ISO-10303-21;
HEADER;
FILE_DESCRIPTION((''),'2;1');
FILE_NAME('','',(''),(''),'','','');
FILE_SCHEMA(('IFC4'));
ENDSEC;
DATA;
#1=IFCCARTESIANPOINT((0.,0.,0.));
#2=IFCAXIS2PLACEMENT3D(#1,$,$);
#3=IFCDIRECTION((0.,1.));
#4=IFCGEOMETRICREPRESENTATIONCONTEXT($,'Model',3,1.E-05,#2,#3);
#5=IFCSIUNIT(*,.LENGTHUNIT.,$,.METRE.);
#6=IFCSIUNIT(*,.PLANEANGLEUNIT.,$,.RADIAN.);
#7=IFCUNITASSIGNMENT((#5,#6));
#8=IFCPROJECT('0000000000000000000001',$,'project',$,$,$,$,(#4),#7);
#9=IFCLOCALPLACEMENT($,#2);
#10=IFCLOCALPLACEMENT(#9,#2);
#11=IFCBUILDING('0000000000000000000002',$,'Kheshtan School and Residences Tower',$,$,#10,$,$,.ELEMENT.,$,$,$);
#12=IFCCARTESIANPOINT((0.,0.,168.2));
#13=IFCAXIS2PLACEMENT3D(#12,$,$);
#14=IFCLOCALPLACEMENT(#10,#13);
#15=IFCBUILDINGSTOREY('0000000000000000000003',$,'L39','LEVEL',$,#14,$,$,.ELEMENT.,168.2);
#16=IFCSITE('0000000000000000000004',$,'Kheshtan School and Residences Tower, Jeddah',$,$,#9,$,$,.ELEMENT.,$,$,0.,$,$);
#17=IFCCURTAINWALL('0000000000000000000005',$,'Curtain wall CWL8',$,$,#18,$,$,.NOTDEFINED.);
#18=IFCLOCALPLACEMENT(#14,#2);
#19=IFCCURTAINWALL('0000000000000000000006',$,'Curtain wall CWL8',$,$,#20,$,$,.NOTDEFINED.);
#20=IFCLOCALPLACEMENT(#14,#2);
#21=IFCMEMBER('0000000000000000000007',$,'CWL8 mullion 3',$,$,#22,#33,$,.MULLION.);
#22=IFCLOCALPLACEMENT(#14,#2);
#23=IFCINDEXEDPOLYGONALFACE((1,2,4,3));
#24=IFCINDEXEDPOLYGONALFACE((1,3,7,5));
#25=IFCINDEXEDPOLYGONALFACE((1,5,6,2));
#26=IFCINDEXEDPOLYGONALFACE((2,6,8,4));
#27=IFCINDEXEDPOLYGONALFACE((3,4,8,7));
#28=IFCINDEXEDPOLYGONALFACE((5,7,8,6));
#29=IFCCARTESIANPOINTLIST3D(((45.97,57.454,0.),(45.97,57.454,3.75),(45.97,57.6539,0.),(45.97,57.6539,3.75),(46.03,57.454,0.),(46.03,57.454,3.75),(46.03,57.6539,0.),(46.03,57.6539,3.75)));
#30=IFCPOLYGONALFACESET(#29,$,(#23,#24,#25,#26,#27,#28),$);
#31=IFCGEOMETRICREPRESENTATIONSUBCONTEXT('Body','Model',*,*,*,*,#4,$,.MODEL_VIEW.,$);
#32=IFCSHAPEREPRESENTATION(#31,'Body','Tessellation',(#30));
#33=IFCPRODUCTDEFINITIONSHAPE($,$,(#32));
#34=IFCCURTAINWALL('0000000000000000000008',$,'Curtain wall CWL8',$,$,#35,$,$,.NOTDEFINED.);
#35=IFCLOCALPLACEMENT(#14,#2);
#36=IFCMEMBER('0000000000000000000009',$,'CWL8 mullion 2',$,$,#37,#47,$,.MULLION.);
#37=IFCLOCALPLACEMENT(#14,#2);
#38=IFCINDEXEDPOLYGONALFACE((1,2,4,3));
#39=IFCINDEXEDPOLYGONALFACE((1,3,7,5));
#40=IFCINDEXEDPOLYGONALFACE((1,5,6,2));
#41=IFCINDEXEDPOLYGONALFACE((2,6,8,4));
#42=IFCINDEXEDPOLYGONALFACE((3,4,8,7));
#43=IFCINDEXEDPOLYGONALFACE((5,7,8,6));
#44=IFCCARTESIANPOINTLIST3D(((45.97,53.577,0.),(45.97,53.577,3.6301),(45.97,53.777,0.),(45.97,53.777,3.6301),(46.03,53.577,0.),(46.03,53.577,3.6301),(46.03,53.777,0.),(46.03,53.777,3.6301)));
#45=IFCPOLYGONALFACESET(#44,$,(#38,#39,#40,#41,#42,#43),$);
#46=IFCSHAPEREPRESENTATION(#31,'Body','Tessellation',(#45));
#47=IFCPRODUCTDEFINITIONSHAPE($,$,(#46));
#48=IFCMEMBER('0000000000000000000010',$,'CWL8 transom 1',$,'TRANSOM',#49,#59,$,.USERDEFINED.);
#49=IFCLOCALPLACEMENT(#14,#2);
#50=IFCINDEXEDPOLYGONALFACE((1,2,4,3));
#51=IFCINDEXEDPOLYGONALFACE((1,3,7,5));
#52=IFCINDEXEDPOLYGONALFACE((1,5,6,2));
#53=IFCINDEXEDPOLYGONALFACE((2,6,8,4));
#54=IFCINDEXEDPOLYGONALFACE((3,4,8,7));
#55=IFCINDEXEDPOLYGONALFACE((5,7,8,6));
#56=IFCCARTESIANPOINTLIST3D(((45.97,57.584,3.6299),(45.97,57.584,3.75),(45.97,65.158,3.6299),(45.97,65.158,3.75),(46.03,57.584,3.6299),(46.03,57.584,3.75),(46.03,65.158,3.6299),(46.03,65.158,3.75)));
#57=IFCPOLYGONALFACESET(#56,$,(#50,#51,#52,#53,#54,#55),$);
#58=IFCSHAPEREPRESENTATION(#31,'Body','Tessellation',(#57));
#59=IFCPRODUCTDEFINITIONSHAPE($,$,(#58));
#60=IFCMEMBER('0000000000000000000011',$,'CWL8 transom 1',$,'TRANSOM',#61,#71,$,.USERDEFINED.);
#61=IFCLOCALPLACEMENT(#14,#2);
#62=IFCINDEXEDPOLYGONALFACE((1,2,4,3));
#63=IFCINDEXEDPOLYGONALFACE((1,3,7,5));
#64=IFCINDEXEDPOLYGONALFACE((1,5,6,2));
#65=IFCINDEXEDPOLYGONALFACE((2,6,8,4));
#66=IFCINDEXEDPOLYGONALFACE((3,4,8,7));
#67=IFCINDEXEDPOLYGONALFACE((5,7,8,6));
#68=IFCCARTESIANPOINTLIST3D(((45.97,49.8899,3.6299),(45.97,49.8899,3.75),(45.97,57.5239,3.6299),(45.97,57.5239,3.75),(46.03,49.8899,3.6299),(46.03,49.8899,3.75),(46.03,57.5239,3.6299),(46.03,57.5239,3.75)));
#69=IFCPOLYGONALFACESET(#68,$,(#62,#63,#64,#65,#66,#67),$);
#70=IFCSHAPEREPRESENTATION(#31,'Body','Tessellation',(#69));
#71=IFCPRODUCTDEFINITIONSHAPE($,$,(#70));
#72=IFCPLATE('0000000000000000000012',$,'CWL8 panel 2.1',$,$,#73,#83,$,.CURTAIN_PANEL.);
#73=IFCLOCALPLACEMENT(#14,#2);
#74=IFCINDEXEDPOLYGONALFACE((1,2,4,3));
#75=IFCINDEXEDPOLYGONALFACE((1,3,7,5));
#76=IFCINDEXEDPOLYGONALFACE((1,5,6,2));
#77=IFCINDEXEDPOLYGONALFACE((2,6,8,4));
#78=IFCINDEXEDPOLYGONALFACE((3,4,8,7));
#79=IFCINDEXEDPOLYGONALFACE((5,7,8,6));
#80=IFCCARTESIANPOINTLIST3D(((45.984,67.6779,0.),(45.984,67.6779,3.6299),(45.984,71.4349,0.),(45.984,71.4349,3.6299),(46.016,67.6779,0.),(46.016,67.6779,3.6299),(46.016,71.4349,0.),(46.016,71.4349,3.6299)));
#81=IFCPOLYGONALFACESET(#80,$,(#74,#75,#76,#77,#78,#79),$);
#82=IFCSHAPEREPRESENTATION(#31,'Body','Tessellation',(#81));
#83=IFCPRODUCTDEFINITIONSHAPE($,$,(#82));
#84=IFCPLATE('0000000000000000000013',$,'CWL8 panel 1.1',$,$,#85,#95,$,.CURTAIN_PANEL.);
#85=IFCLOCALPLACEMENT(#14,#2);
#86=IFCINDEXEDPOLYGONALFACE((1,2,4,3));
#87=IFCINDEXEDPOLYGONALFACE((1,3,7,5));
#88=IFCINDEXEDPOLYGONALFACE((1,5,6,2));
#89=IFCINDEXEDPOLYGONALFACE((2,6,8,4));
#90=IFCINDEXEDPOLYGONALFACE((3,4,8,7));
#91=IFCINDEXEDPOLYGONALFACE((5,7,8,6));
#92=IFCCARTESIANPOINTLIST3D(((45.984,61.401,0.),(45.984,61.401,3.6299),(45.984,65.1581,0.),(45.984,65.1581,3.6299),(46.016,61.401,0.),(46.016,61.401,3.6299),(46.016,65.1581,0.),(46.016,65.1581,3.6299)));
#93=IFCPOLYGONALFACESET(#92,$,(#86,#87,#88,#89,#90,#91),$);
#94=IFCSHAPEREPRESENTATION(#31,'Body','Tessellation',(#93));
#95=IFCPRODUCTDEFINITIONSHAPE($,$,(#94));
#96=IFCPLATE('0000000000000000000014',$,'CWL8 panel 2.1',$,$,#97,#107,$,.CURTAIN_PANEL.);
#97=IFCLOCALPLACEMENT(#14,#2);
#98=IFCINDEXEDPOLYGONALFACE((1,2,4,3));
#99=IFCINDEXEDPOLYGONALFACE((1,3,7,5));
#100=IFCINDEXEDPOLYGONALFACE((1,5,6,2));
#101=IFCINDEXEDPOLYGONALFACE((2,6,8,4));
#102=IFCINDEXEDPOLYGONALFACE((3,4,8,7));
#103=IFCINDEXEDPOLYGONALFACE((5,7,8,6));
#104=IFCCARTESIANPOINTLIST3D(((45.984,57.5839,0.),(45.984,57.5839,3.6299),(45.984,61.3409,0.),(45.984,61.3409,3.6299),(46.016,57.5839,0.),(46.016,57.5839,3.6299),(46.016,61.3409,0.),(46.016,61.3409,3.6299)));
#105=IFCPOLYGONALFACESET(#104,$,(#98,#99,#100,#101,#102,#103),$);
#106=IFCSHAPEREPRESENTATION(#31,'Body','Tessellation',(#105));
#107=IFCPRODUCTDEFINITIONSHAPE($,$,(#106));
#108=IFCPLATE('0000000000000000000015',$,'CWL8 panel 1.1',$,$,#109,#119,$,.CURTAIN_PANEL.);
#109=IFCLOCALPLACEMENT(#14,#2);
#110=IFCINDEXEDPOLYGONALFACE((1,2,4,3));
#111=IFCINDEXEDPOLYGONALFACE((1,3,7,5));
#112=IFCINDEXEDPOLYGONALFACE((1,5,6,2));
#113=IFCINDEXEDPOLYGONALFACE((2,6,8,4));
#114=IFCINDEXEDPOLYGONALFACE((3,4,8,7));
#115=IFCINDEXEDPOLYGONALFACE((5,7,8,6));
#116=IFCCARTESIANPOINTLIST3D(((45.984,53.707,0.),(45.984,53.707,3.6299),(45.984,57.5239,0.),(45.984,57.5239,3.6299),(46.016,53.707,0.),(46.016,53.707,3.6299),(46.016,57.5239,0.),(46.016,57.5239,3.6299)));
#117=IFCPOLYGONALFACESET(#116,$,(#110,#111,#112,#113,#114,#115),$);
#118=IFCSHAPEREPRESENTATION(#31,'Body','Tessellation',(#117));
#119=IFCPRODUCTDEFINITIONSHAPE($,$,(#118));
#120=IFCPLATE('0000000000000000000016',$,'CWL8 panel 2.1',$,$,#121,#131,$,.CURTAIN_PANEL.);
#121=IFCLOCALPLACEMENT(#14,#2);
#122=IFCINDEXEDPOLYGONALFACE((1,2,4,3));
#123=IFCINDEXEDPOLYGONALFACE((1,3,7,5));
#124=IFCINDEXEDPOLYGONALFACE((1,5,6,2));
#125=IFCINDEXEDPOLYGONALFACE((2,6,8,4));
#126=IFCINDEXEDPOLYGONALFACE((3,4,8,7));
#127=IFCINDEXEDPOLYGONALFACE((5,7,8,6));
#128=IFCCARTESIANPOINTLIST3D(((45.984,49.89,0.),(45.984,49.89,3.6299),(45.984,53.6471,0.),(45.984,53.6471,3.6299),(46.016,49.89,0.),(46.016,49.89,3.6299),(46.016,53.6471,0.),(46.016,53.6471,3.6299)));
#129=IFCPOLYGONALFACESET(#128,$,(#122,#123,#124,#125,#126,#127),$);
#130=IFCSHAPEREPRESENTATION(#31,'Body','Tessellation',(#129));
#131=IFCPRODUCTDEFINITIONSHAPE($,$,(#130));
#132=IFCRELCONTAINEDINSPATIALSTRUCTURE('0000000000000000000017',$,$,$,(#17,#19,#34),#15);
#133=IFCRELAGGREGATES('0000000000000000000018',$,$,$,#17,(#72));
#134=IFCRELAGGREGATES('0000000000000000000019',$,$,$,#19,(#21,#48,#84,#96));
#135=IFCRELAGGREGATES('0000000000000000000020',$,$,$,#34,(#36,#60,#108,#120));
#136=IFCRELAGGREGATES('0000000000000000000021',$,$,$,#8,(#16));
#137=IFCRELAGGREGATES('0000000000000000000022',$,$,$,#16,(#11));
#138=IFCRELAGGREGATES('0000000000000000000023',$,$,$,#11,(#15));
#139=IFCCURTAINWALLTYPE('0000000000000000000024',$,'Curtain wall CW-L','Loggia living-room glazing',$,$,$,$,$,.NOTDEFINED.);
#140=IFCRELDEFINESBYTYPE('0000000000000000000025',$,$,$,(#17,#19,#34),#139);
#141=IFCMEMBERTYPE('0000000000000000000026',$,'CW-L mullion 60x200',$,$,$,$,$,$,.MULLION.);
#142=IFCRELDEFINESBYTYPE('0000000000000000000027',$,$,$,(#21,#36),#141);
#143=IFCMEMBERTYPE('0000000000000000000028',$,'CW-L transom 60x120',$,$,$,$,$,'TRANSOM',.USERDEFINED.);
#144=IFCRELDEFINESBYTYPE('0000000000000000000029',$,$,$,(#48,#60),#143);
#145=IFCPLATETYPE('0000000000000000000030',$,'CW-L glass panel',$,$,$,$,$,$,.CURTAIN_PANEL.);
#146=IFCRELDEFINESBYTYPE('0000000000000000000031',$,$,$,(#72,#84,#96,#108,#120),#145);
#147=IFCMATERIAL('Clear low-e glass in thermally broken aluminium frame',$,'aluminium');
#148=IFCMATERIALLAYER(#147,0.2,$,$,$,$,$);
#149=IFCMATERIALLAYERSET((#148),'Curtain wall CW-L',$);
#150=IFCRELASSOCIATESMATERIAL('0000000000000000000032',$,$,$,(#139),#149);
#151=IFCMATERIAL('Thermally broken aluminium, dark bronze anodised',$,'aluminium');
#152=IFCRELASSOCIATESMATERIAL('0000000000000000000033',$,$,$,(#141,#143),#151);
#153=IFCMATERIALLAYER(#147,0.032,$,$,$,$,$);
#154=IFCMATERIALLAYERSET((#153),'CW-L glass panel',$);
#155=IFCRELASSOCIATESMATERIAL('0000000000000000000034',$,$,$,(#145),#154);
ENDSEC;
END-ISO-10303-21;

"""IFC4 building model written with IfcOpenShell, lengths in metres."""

from ifc_helpers import new_model, si_unit, direction, frame, origin, origin_2d, place, context, subcontext, project, spatial, rectangle, extrude, material, layer, layer_set, material_profile, profile_set, type_object, element, aggregate, save


model = new_model("IFC4")

# Units and contexts
model_context = context("Model", 3, precision=1e-05, world=origin(), true_north=direction((0.0, 1.0)))
body_context = subcontext(model_context, "Body", "Model", "MODEL_VIEW")
ifc_project = project(units=[si_unit("LENGTHUNIT", "METRE"), si_unit("PLANEANGLEUNIT", "RADIAN")], contexts=[model_context])

# Site, building, storey
site_placement = place(None, origin())
site = spatial("IfcSite", under=ifc_project, at=site_placement, Name="Kheshtan School and Residences Tower, Jeddah", CompositionType="ELEMENT", RefElevation=0.0)
building_placement = place(site_placement, origin())
building = spatial("IfcBuilding", under=site, at=building_placement, Name="Kheshtan School and Residences Tower", CompositionType="ELEMENT")
storey_placement = place(building_placement, frame((0.0, 0.0, 168.2)))
storey = spatial("IfcBuildingStorey", under=building, at=storey_placement, Name="L39", Description="LEVEL", CompositionType="ELEMENT", Elevation=168.2)

# Curtain walls, member
ifc_material_1 = material(Name="Clear low-e glass in thermally broken aluminium frame", Category="aluminium")
ifc_layer_1 = layer(ifc_material_1, 0.2)
ifc_layer_set_1 = layer_set([ifc_layer_1], Name="Curtain wall CW-L")
curtain_wall_type = type_object("IfcCurtainWallType", Name="Curtain wall CW-L", Description="Loggia living-room glazing", PredefinedType="NOTDEFINED", material=ifc_layer_set_1)
curtain_wall_1_placement = place(storey_placement, origin())
curtain_wall_1 = element("IfcCurtainWall", 1, at=curtain_wall_1_placement, inside=storey, type_object=curtain_wall_type, Name="Curtain wall CWL8", PredefinedType="NOTDEFINED")
ifc_material_2 = material(Name="Thermally broken aluminium, dark bronze anodised", Category="aluminium")
ifc_material_profile_1 = material_profile(ifc_material_2, rectangle(XDim=0.0601, YDim=0.2, at=origin_2d()), Name="CW-L mullion 60x200")
ifc_profile_set_1 = profile_set([ifc_material_profile_1], Name="Thermally broken aluminium, dark bronze anodised")
member_type_1 = type_object("IfcMemberType", Name="CW-L mullion 60x200", PredefinedType="MULLION", material=ifc_profile_set_1)
curtain_wall_2_placement = place(storey_placement, origin())
curtain_wall_2 = element("IfcCurtainWall", 2, at=curtain_wall_2_placement, inside=storey, type_object=curtain_wall_type, Name="Curtain wall CWL8", PredefinedType="NOTDEFINED")
member_1_placement = place(storey_placement, frame((46.0, 57.554, 0.0), z_axis=(0.0, 0.0, 1.0), x_axis=(1.0, 0.0, 0.0)))
member_1 = element("IfcMember", 3, at=member_1_placement, type_object=member_type_1, Name="CWL8 mullion 3", PredefinedType="MULLION", context=body_context, shape_type="SweptSolid", body=[
    extrude(rectangle(XDim=0.0601, YDim=0.2, at=origin_2d()), origin(), (0.0, 0.0, 1.0), 3.75),
])

# Curtain wall, member
curtain_wall_3_placement = place(storey_placement, origin())
curtain_wall_3 = element("IfcCurtainWall", 4, at=curtain_wall_3_placement, inside=storey, type_object=curtain_wall_type, Name="Curtain wall CWL8", PredefinedType="NOTDEFINED")
member_2_placement = place(storey_placement, frame((46.0, 53.677, 0.0), z_axis=(0.0, 0.0, 1.0), x_axis=(1.0, 0.0, 0.0)))
member_2 = element("IfcMember", 5, at=member_2_placement, type_object=member_type_1, Name="CWL8 mullion 2", PredefinedType="MULLION", context=body_context, shape_type="SweptSolid", body=[
    extrude(rectangle(XDim=0.0601, YDim=0.2, at=origin_2d()), origin(), (0.0, 0.0, 1.0), 3.6301),
])

# Members
ifc_material_profile_2 = material_profile(ifc_material_2, rectangle(XDim=0.0601, YDim=0.1201, at=origin_2d()), Name="CW-L transom 60x120")
ifc_profile_set_2 = profile_set([ifc_material_profile_2], Name="Thermally broken aluminium, dark bronze anodised")
member_type_2 = type_object("IfcMemberType", Name="CW-L transom 60x120", ElementType="TRANSOM", PredefinedType="USERDEFINED", material=ifc_profile_set_2)
member_3_placement = place(storey_placement, frame((46.0, 65.158, 3.6899), z_axis=(0.0, -1.0, 0.0), x_axis=(1.0, 0.0, 0.0)))
member_3 = element("IfcMember", 6, at=member_3_placement, type_object=member_type_2, Name="CWL8 transom 1", ObjectType="TRANSOM", PredefinedType="USERDEFINED", context=body_context, shape_type="SweptSolid", body=[
    extrude(rectangle(XDim=0.0601, YDim=0.1201, at=origin_2d()), origin(), (0.0, 0.0, 1.0), 7.574),
])
member_4_placement = place(storey_placement, frame((46.0, 57.5239, 3.6899), z_axis=(0.0, -1.0, 0.0), x_axis=(1.0, 0.0, 0.0)))
member_4 = element("IfcMember", 7, at=member_4_placement, type_object=member_type_2, Name="CWL8 transom 1", ObjectType="TRANSOM", PredefinedType="USERDEFINED", context=body_context, shape_type="SweptSolid", body=[
    extrude(rectangle(XDim=0.0601, YDim=0.1201, at=origin_2d()), origin(), (0.0, 0.0, 1.0), 7.634),
])

# Plates
ifc_layer_2 = layer(ifc_material_1, 0.032)
ifc_layer_set_2 = layer_set([ifc_layer_2], Name="CW-L glass panel")
plate_type = type_object("IfcPlateType", Name="CW-L glass panel", PredefinedType="CURTAIN_PANEL", material=ifc_layer_set_2)
plate_1_placement = place(storey_placement, frame((46.0, 69.5564, 0.0), z_axis=(0.0, 0.0, 1.0), x_axis=(0.0, -1.0, 0.0)))
plate_1 = element("IfcPlate", 8, at=plate_1_placement, type_object=plate_type, Name="CWL8 panel 2.1", PredefinedType="CURTAIN_PANEL", context=body_context, shape_type="SweptSolid", body=[
    extrude(rectangle(XDim=3.7571, YDim=0.032, at=origin_2d()), origin(), (0.0, 0.0, 1.0), 3.6299),
])
aggregate(curtain_wall_1, [plate_1])
plate_2_placement = place(storey_placement, frame((46.0, 63.2795, 0.0), z_axis=(0.0, 0.0, 1.0), x_axis=(0.0, -1.0, 0.0)))
plate_2 = element("IfcPlate", 9, at=plate_2_placement, type_object=plate_type, Name="CWL8 panel 1.1", PredefinedType="CURTAIN_PANEL", context=body_context, shape_type="SweptSolid", body=[
    extrude(rectangle(XDim=3.7571, YDim=0.032, at=origin_2d()), origin(), (0.0, 0.0, 1.0), 3.6299),
])
plate_3_placement = place(storey_placement, frame((46.0, 59.4624, 0.0), z_axis=(0.0, 0.0, 1.0), x_axis=(0.0, -1.0, 0.0)))
plate_3 = element("IfcPlate", 10, at=plate_3_placement, type_object=plate_type, Name="CWL8 panel 2.1", PredefinedType="CURTAIN_PANEL", context=body_context, shape_type="SweptSolid", body=[
    extrude(rectangle(XDim=3.7571, YDim=0.032, at=origin_2d()), origin(), (0.0, 0.0, 1.0), 3.6299),
])
aggregate(curtain_wall_2, [member_1, member_3, plate_2, plate_3])
plate_4_placement = place(storey_placement, frame((46.0, 55.6155, 0.0), z_axis=(0.0, 0.0, 1.0), x_axis=(0.0, -1.0, 0.0)))
plate_4 = element("IfcPlate", 11, at=plate_4_placement, type_object=plate_type, Name="CWL8 panel 1.1", PredefinedType="CURTAIN_PANEL", context=body_context, shape_type="SweptSolid", body=[
    extrude(rectangle(XDim=3.8169, YDim=0.032, at=origin_2d()), origin(), (0.0, 0.0, 1.0), 3.6299),
])
plate_5_placement = place(storey_placement, frame((46.0, 51.7686, 0.0), z_axis=(0.0, 0.0, 1.0), x_axis=(0.0, -1.0, 0.0)))
plate_5 = element("IfcPlate", 12, at=plate_5_placement, type_object=plate_type, Name="CWL8 panel 2.1", PredefinedType="CURTAIN_PANEL", context=body_context, shape_type="SweptSolid", body=[
    extrude(rectangle(XDim=3.7571, YDim=0.032, at=origin_2d()), origin(), (0.0, 0.0, 1.0), 3.6299),
])
aggregate(curtain_wall_3, [member_2, member_4, plate_4, plate_5])

save(model, "model.ifc")
